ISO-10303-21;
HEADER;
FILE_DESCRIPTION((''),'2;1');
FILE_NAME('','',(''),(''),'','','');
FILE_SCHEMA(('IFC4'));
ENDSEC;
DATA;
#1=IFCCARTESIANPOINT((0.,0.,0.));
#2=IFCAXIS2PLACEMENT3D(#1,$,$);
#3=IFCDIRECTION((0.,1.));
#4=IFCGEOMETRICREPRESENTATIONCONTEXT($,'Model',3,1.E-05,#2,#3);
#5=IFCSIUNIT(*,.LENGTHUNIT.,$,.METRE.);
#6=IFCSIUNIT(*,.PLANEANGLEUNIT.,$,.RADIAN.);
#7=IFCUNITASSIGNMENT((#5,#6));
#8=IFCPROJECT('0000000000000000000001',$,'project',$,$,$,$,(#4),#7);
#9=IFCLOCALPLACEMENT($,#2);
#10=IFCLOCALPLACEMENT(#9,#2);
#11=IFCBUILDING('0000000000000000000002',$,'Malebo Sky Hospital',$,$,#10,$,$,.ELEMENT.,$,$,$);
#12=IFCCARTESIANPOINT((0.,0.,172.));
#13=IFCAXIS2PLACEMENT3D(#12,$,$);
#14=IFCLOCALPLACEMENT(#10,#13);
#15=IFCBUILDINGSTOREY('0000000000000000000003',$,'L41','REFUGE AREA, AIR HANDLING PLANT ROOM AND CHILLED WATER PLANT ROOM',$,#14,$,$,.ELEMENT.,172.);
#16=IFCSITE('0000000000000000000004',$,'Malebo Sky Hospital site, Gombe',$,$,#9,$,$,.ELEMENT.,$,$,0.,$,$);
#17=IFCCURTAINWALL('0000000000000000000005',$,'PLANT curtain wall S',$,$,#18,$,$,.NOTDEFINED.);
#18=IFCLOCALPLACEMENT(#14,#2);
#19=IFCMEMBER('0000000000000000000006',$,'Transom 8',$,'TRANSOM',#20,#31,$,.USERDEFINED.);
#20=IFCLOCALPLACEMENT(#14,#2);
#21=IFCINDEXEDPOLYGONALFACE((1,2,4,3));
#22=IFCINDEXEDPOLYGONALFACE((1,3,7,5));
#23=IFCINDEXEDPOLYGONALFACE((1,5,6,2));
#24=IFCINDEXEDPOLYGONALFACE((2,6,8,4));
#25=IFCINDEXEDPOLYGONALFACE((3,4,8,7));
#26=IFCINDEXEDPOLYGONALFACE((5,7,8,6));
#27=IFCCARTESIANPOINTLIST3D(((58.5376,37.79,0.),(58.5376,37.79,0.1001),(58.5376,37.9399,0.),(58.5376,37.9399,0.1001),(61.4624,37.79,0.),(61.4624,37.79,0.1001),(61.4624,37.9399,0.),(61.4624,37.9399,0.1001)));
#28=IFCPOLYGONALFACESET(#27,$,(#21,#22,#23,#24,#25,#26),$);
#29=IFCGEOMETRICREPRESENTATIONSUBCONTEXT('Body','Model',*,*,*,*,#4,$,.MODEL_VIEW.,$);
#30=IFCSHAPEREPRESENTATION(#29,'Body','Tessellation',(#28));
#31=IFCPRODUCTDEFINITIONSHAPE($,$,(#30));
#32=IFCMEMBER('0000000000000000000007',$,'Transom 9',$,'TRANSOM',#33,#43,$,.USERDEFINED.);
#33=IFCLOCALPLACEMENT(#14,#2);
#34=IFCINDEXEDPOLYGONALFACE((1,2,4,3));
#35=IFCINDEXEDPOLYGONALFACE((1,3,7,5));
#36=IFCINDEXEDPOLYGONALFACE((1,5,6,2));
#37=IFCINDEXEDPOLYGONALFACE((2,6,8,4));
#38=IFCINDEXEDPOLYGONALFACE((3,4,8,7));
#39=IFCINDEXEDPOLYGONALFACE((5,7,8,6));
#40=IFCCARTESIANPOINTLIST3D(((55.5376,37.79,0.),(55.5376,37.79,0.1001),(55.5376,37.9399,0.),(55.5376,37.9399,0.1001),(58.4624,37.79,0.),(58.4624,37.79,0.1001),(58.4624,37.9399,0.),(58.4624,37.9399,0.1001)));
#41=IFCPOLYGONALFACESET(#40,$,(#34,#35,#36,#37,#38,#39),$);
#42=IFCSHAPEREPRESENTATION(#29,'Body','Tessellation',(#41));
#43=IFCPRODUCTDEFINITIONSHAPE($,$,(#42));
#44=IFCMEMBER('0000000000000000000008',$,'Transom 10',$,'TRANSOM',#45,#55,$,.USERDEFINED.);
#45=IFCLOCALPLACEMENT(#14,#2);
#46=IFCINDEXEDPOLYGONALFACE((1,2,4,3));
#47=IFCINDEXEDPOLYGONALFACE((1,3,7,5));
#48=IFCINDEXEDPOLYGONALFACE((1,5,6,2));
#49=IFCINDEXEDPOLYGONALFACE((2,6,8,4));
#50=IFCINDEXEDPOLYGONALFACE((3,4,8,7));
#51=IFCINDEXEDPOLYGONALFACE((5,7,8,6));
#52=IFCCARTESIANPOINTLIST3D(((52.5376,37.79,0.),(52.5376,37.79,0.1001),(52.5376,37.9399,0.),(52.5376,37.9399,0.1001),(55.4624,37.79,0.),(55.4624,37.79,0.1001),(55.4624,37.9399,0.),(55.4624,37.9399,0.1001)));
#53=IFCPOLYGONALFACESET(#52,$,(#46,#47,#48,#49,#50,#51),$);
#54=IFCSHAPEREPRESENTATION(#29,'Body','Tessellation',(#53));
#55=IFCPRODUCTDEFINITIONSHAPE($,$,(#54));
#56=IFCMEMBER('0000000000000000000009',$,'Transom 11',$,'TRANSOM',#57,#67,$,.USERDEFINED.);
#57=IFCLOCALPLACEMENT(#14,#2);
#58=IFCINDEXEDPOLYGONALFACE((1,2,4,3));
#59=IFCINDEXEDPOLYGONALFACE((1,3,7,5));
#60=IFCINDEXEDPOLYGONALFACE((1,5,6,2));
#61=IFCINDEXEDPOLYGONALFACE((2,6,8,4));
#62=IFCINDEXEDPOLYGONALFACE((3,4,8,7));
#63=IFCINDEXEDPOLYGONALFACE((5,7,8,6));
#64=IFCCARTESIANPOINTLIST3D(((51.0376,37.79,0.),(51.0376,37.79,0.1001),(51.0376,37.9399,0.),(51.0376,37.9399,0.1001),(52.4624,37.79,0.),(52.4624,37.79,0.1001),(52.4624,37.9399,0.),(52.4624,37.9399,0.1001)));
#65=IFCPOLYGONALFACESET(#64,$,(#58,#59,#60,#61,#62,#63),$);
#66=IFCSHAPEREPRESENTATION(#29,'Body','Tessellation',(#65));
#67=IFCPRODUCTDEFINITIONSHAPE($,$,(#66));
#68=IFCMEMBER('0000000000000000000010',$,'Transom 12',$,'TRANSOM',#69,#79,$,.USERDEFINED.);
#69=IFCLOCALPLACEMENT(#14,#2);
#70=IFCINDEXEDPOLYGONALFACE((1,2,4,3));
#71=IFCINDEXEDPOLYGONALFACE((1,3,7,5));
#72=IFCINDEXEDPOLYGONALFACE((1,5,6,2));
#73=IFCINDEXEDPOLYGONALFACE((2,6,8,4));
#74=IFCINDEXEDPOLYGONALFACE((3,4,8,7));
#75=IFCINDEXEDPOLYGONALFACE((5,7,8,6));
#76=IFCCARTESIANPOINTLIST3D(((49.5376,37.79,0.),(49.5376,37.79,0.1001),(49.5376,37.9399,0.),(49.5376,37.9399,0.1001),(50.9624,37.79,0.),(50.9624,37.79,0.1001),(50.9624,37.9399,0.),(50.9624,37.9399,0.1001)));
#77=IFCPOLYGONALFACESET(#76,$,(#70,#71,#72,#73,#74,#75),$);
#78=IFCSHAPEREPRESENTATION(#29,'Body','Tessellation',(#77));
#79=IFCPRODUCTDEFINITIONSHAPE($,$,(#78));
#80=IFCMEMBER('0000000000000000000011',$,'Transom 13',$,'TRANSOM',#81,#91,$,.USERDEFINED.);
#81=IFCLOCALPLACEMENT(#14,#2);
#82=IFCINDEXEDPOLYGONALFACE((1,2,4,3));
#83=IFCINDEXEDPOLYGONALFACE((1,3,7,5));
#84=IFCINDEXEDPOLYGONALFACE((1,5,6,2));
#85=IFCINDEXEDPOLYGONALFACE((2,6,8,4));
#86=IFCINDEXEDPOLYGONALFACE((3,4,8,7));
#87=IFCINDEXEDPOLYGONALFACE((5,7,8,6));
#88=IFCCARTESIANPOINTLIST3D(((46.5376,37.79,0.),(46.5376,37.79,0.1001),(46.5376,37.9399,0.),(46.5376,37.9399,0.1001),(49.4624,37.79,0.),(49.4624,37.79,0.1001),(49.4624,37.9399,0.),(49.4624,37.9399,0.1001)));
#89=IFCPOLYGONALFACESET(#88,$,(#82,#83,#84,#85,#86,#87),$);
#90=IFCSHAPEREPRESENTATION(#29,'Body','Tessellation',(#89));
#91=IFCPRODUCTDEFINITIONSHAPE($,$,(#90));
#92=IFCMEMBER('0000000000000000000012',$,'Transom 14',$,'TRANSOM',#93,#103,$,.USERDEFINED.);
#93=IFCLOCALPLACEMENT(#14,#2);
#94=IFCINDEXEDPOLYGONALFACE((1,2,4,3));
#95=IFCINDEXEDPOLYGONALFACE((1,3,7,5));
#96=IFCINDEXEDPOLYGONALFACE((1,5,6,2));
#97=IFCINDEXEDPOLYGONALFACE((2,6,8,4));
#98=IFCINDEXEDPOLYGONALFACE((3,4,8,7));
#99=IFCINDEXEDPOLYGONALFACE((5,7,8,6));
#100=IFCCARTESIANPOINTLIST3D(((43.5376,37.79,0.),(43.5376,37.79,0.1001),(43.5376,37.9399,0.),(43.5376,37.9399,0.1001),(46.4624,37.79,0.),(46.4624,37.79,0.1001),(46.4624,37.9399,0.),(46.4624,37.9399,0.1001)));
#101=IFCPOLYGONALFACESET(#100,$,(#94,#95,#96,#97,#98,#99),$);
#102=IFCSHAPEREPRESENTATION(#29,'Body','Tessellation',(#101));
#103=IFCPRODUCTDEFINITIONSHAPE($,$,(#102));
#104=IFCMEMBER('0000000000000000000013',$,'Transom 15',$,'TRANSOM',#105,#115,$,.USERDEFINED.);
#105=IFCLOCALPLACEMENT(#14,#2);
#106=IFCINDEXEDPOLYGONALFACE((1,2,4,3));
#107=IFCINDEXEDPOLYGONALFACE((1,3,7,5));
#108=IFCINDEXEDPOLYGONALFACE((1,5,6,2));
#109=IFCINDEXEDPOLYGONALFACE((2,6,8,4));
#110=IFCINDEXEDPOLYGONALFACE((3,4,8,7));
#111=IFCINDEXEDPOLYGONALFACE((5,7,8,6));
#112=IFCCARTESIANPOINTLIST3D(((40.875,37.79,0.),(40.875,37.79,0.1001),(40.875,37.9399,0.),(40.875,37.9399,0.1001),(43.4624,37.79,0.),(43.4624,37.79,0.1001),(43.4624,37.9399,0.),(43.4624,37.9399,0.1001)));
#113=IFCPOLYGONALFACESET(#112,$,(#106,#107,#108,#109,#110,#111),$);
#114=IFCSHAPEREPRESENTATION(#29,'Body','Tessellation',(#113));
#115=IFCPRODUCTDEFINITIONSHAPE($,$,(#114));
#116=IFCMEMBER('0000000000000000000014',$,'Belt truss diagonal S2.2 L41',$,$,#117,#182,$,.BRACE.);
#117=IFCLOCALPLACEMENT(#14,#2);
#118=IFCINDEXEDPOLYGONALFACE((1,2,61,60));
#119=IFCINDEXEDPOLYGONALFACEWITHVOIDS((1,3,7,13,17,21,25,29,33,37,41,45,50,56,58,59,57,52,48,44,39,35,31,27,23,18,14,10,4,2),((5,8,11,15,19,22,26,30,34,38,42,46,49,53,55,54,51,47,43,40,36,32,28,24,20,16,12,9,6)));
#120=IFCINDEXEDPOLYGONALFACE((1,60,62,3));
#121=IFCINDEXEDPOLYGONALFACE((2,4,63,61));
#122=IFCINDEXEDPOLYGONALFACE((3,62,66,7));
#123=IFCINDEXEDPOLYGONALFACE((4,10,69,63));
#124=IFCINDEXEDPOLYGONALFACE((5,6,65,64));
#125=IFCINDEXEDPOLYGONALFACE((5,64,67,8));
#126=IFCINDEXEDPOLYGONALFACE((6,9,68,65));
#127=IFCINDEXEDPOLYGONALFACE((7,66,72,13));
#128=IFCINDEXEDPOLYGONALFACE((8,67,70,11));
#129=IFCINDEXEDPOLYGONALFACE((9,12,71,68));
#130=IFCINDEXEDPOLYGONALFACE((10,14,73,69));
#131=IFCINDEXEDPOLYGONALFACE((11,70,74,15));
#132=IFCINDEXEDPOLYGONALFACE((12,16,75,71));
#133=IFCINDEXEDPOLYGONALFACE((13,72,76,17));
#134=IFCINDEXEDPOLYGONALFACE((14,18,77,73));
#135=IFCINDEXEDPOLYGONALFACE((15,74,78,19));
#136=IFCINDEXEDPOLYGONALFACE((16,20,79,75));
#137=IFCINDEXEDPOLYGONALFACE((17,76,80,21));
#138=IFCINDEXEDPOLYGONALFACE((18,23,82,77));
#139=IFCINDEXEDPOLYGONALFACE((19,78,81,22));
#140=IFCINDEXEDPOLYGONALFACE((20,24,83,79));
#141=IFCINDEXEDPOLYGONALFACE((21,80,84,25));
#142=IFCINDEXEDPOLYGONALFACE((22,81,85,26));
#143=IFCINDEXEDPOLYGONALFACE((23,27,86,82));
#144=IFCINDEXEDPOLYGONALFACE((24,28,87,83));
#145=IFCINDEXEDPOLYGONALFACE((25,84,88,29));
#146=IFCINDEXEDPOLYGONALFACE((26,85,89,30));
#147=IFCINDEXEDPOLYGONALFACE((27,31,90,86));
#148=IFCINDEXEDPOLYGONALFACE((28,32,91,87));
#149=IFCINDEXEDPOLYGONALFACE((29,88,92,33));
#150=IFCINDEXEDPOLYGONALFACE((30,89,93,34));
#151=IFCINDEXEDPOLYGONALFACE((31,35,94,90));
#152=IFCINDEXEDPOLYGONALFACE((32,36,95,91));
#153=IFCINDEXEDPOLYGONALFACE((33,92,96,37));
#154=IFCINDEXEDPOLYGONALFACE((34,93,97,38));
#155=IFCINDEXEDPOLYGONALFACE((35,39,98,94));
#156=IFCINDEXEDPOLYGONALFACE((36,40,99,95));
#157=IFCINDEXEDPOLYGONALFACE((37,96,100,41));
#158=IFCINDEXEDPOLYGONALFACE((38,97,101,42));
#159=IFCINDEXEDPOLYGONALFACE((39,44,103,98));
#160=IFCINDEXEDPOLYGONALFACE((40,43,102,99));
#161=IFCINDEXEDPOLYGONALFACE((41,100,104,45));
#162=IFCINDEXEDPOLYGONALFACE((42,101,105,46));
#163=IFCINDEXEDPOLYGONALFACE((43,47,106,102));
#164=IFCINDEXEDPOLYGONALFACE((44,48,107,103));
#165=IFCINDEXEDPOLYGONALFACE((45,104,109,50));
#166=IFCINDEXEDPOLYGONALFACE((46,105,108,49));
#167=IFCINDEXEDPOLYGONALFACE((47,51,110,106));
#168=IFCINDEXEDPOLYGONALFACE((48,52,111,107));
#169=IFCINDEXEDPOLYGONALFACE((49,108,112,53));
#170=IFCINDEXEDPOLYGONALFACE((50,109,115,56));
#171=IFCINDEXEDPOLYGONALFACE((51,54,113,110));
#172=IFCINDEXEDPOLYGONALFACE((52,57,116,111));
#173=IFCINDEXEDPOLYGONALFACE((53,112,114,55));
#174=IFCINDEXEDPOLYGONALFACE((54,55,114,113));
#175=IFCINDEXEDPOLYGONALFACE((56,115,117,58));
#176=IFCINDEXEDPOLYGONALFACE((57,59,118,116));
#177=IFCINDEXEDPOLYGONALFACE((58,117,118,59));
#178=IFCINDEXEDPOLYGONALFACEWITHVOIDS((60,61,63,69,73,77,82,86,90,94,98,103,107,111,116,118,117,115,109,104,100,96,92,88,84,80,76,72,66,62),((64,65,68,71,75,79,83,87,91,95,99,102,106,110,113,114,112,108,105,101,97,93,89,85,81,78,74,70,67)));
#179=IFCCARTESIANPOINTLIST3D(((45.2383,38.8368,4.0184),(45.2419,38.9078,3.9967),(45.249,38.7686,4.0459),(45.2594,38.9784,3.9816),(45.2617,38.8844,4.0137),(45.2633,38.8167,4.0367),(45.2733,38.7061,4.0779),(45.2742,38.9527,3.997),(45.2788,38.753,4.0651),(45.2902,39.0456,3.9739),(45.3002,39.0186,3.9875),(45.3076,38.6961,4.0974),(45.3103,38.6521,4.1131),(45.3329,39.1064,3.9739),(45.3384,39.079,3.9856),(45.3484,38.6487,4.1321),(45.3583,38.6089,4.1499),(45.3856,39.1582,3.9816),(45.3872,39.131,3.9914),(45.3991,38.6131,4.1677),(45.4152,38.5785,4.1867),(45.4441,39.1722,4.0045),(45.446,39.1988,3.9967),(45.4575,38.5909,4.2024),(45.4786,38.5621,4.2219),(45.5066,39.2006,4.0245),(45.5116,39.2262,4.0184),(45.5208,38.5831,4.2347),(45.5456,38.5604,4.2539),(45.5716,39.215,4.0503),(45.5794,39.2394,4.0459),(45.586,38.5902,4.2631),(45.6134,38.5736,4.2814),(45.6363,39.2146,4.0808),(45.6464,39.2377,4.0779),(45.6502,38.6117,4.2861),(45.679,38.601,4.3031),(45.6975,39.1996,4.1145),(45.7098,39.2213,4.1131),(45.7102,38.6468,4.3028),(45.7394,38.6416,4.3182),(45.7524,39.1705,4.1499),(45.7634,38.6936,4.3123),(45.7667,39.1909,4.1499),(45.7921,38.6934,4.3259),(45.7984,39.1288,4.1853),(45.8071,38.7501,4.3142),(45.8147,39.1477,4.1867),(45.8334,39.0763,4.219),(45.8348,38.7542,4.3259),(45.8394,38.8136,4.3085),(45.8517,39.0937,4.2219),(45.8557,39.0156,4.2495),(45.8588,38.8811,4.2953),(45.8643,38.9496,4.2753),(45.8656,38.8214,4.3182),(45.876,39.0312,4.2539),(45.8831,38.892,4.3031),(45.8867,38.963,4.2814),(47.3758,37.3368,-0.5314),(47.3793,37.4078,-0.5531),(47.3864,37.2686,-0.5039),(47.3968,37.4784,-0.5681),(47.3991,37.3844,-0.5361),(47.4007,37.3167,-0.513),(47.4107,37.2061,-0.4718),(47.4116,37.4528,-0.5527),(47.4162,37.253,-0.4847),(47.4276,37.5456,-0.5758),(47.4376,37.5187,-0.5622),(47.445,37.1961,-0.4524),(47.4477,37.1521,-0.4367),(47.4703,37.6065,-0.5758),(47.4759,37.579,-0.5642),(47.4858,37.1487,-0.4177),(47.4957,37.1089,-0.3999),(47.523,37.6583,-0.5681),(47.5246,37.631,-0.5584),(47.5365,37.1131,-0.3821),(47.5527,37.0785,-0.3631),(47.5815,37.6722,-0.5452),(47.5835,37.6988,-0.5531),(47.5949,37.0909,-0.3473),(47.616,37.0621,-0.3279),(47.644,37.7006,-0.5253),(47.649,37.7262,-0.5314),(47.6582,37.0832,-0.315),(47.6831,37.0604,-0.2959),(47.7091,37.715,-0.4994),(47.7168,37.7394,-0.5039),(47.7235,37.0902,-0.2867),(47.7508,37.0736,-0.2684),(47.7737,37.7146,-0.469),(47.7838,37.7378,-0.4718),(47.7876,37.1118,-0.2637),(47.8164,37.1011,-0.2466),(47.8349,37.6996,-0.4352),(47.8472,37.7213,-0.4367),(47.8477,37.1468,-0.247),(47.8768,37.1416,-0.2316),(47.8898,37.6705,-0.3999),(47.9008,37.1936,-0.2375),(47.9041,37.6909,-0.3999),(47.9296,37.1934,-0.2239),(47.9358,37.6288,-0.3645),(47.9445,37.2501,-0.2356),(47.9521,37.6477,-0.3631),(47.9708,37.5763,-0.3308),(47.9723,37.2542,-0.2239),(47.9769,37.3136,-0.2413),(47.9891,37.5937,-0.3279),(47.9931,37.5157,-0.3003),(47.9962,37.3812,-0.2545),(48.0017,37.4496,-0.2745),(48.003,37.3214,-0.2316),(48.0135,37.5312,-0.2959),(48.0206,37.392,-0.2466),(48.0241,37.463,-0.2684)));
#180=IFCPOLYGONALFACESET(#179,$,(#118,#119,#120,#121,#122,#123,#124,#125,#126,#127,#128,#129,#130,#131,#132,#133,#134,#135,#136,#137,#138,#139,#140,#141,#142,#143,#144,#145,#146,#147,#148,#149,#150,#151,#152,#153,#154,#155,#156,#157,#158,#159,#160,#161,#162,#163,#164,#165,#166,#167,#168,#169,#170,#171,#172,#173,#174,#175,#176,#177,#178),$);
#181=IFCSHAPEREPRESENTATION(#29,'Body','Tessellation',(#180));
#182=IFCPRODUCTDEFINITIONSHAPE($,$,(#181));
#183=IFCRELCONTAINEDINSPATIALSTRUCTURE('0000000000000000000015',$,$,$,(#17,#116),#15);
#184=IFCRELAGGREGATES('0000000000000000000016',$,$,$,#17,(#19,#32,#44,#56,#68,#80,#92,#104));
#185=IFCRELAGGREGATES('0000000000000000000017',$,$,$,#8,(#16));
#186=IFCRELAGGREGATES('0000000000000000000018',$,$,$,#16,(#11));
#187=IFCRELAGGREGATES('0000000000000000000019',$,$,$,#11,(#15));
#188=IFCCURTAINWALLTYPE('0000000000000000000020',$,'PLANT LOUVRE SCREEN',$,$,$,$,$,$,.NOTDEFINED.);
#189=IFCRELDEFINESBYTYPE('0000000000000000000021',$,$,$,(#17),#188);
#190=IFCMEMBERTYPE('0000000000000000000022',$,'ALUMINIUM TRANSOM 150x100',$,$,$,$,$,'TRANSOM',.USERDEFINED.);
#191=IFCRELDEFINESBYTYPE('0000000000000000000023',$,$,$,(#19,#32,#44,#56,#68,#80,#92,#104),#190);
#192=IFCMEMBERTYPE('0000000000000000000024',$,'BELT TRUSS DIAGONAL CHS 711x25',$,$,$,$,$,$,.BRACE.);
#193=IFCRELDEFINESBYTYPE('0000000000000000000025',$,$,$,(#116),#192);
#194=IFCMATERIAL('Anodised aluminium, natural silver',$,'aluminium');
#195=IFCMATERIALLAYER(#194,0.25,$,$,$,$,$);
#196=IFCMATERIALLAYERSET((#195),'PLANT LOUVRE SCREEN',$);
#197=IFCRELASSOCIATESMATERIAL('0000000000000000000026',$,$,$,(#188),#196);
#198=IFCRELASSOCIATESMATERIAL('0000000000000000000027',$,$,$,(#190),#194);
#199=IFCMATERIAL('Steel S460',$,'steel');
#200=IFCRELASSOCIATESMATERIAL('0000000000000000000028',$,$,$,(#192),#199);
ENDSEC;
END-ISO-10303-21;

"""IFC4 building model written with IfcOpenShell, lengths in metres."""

from ifc_helpers import new_model, si_unit, direction, frame, origin, origin_2d, place, context, subcontext, project, spatial, rectangle, hollow_circle, extrude, material, layer, layer_set, material_profile, profile_set, type_object, element, aggregate, save


model = new_model("IFC4")

# Units and contexts
model_context = context("Model", 3, precision=1e-05, world=origin(), true_north=direction((0.0, 1.0)))
body_context = subcontext(model_context, "Body", "Model", "MODEL_VIEW")
ifc_project = project(units=[si_unit("LENGTHUNIT", "METRE"), si_unit("PLANEANGLEUNIT", "RADIAN")], contexts=[model_context])

# Site, building, storey
site_placement = place(None, origin())
site = spatial("IfcSite", under=ifc_project, at=site_placement, Name="Malebo Sky Hospital site, Gombe", CompositionType="ELEMENT", RefElevation=0.0)
building_placement = place(site_placement, origin())
building = spatial("IfcBuilding", under=site, at=building_placement, Name="Malebo Sky Hospital", CompositionType="ELEMENT")
storey_placement = place(building_placement, frame((0.0, 0.0, 172.0)))
storey = spatial("IfcBuildingStorey", under=building, at=storey_placement, Name="L41", Description="REFUGE AREA, AIR HANDLING PLANT ROOM AND CHILLED WATER PLANT ROOM", CompositionType="ELEMENT", Elevation=172.0)

# Curtain wall, members
ifc_material_1 = material(Name="Anodised aluminium, natural silver", Category="aluminium")
ifc_layer_1 = layer(ifc_material_1, 0.25)
ifc_layer_set_1 = layer_set([ifc_layer_1], Name="PLANT LOUVRE SCREEN")
curtain_wall_type = type_object("IfcCurtainWallType", Name="PLANT LOUVRE SCREEN", PredefinedType="NOTDEFINED", material=ifc_layer_set_1)
curtain_wall_placement = place(storey_placement, origin())
curtain_wall = element("IfcCurtainWall", 1, at=curtain_wall_placement, inside=storey, type_object=curtain_wall_type, Name="PLANT curtain wall S", PredefinedType="NOTDEFINED")
ifc_material_profile_1 = material_profile(ifc_material_1, rectangle(XDim=0.1499, YDim=0.1001, at=origin_2d()), Name="ALUMINIUM TRANSOM 150x100")
ifc_profile_set_1 = profile_set([ifc_material_profile_1], Name="Anodised aluminium, natural silver")
member_type_1 = type_object("IfcMemberType", Name="ALUMINIUM TRANSOM 150x100", ElementType="TRANSOM", PredefinedType="USERDEFINED", material=ifc_profile_set_1)
member_1_placement = place(storey_placement, frame((61.4624, 37.865, 0.05), z_axis=(-1.0, 0.0, 0.0), x_axis=(0.0, -1.0, 0.0)))
member_1 = element("IfcMember", 2, at=member_1_placement, type_object=member_type_1, Name="Transom 8", ObjectType="TRANSOM", PredefinedType="USERDEFINED", context=body_context, shape_type="SweptSolid", body=[
    extrude(rectangle(XDim=0.1499, YDim=0.1001, at=origin_2d()), origin(), (0.0, 0.0, 1.0), 2.9248),
])
member_2_placement = place(storey_placement, frame((58.4624, 37.865, 0.05), z_axis=(-1.0, 0.0, 0.0), x_axis=(0.0, -1.0, 0.0)))
member_2 = element("IfcMember", 3, at=member_2_placement, type_object=member_type_1, Name="Transom 9", ObjectType="TRANSOM", PredefinedType="USERDEFINED", context=body_context, shape_type="SweptSolid", body=[
    extrude(rectangle(XDim=0.1499, YDim=0.1001, at=origin_2d()), origin(), (0.0, 0.0, 1.0), 2.9248),
])
member_3_placement = place(storey_placement, frame((55.4624, 37.865, 0.05), z_axis=(-1.0, 0.0, 0.0), x_axis=(0.0, -1.0, 0.0)))
member_3 = element("IfcMember", 4, at=member_3_placement, type_object=member_type_1, Name="Transom 10", ObjectType="TRANSOM", PredefinedType="USERDEFINED", context=body_context, shape_type="SweptSolid", body=[
    extrude(rectangle(XDim=0.1499, YDim=0.1001, at=origin_2d()), origin(), (0.0, 0.0, 1.0), 2.9248),
])
member_4_placement = place(storey_placement, frame((52.4624, 37.865, 0.05), z_axis=(-1.0, 0.0, 0.0), x_axis=(0.0, -1.0, 0.0)))
member_4 = element("IfcMember", 5, at=member_4_placement, type_object=member_type_1, Name="Transom 11", ObjectType="TRANSOM", PredefinedType="USERDEFINED", context=body_context, shape_type="SweptSolid", body=[
    extrude(rectangle(XDim=0.1499, YDim=0.1001, at=origin_2d()), origin(), (0.0, 0.0, 1.0), 1.4248),
])
member_5_placement = place(storey_placement, frame((50.9624, 37.865, 0.05), z_axis=(-1.0, 0.0, 0.0), x_axis=(0.0, -1.0, 0.0)))
member_5 = element("IfcMember", 6, at=member_5_placement, type_object=member_type_1, Name="Transom 12", ObjectType="TRANSOM", PredefinedType="USERDEFINED", context=body_context, shape_type="SweptSolid", body=[
    extrude(rectangle(XDim=0.1499, YDim=0.1001, at=origin_2d()), origin(), (0.0, 0.0, 1.0), 1.4248),
])
member_6_placement = place(storey_placement, frame((49.4624, 37.865, 0.05), z_axis=(-1.0, 0.0, 0.0), x_axis=(0.0, -1.0, 0.0)))
member_6 = element("IfcMember", 7, at=member_6_placement, type_object=member_type_1, Name="Transom 13", ObjectType="TRANSOM", PredefinedType="USERDEFINED", context=body_context, shape_type="SweptSolid", body=[
    extrude(rectangle(XDim=0.1499, YDim=0.1001, at=origin_2d()), origin(), (0.0, 0.0, 1.0), 2.9248),
])
member_7_placement = place(storey_placement, frame((46.4624, 37.865, 0.05), z_axis=(-1.0, 0.0, 0.0), x_axis=(0.0, -1.0, 0.0)))
member_7 = element("IfcMember", 8, at=member_7_placement, type_object=member_type_1, Name="Transom 14", ObjectType="TRANSOM", PredefinedType="USERDEFINED", context=body_context, shape_type="SweptSolid", body=[
    extrude(rectangle(XDim=0.1499, YDim=0.1001, at=origin_2d()), origin(), (0.0, 0.0, 1.0), 2.9248),
])
member_8_placement = place(storey_placement, frame((43.4624, 37.865, 0.05), z_axis=(-1.0, 0.0, 0.0), x_axis=(0.0, -1.0, 0.0)))
member_8 = element("IfcMember", 9, at=member_8_placement, type_object=member_type_1, Name="Transom 15", ObjectType="TRANSOM", PredefinedType="USERDEFINED", context=body_context, shape_type="SweptSolid", body=[
    extrude(rectangle(XDim=0.1499, YDim=0.1001, at=origin_2d()), origin(), (0.0, 0.0, 1.0), 2.5874),
])

# Member
ifc_material_2 = material(Name="Steel S460", Category="steel")
ifc_material_profile_2 = material_profile(ifc_material_2, hollow_circle(Radius=0.3555, WallThickness=0.0249, at=origin_2d()), Name="CHS 711x25")
ifc_profile_set_2 = profile_set([ifc_material_profile_2], Name="Steel S460")
member_type_2 = type_object("IfcMemberType", Name="BELT TRUSS DIAGONAL CHS 711x25", PredefinedType="BRACE", material=ifc_profile_set_2)
member_9_placement = place(storey_placement, frame((45.5625, 38.8999, 4.1499), z_axis=(0.407452, -0.285938, -0.867308), x_axis=(0.574435, 0.818551, 0.0)))
element("IfcMember", 10, at=member_9_placement, inside=storey, type_object=member_type_2, Name="Belt truss diagonal S2.2 L41", PredefinedType="BRACE", context=body_context, shape_type="SweptSolid", body=[
    extrude(hollow_circle(Radius=0.3555, WallThickness=0.0249, at=origin_2d()), origin(), (0.0, 0.0, 1.0), 5.2458),
])

aggregate(curtain_wall, [member_1, member_2, member_3, member_4, member_5, member_6, member_7, member_8])

save(model, "model.ifc")
